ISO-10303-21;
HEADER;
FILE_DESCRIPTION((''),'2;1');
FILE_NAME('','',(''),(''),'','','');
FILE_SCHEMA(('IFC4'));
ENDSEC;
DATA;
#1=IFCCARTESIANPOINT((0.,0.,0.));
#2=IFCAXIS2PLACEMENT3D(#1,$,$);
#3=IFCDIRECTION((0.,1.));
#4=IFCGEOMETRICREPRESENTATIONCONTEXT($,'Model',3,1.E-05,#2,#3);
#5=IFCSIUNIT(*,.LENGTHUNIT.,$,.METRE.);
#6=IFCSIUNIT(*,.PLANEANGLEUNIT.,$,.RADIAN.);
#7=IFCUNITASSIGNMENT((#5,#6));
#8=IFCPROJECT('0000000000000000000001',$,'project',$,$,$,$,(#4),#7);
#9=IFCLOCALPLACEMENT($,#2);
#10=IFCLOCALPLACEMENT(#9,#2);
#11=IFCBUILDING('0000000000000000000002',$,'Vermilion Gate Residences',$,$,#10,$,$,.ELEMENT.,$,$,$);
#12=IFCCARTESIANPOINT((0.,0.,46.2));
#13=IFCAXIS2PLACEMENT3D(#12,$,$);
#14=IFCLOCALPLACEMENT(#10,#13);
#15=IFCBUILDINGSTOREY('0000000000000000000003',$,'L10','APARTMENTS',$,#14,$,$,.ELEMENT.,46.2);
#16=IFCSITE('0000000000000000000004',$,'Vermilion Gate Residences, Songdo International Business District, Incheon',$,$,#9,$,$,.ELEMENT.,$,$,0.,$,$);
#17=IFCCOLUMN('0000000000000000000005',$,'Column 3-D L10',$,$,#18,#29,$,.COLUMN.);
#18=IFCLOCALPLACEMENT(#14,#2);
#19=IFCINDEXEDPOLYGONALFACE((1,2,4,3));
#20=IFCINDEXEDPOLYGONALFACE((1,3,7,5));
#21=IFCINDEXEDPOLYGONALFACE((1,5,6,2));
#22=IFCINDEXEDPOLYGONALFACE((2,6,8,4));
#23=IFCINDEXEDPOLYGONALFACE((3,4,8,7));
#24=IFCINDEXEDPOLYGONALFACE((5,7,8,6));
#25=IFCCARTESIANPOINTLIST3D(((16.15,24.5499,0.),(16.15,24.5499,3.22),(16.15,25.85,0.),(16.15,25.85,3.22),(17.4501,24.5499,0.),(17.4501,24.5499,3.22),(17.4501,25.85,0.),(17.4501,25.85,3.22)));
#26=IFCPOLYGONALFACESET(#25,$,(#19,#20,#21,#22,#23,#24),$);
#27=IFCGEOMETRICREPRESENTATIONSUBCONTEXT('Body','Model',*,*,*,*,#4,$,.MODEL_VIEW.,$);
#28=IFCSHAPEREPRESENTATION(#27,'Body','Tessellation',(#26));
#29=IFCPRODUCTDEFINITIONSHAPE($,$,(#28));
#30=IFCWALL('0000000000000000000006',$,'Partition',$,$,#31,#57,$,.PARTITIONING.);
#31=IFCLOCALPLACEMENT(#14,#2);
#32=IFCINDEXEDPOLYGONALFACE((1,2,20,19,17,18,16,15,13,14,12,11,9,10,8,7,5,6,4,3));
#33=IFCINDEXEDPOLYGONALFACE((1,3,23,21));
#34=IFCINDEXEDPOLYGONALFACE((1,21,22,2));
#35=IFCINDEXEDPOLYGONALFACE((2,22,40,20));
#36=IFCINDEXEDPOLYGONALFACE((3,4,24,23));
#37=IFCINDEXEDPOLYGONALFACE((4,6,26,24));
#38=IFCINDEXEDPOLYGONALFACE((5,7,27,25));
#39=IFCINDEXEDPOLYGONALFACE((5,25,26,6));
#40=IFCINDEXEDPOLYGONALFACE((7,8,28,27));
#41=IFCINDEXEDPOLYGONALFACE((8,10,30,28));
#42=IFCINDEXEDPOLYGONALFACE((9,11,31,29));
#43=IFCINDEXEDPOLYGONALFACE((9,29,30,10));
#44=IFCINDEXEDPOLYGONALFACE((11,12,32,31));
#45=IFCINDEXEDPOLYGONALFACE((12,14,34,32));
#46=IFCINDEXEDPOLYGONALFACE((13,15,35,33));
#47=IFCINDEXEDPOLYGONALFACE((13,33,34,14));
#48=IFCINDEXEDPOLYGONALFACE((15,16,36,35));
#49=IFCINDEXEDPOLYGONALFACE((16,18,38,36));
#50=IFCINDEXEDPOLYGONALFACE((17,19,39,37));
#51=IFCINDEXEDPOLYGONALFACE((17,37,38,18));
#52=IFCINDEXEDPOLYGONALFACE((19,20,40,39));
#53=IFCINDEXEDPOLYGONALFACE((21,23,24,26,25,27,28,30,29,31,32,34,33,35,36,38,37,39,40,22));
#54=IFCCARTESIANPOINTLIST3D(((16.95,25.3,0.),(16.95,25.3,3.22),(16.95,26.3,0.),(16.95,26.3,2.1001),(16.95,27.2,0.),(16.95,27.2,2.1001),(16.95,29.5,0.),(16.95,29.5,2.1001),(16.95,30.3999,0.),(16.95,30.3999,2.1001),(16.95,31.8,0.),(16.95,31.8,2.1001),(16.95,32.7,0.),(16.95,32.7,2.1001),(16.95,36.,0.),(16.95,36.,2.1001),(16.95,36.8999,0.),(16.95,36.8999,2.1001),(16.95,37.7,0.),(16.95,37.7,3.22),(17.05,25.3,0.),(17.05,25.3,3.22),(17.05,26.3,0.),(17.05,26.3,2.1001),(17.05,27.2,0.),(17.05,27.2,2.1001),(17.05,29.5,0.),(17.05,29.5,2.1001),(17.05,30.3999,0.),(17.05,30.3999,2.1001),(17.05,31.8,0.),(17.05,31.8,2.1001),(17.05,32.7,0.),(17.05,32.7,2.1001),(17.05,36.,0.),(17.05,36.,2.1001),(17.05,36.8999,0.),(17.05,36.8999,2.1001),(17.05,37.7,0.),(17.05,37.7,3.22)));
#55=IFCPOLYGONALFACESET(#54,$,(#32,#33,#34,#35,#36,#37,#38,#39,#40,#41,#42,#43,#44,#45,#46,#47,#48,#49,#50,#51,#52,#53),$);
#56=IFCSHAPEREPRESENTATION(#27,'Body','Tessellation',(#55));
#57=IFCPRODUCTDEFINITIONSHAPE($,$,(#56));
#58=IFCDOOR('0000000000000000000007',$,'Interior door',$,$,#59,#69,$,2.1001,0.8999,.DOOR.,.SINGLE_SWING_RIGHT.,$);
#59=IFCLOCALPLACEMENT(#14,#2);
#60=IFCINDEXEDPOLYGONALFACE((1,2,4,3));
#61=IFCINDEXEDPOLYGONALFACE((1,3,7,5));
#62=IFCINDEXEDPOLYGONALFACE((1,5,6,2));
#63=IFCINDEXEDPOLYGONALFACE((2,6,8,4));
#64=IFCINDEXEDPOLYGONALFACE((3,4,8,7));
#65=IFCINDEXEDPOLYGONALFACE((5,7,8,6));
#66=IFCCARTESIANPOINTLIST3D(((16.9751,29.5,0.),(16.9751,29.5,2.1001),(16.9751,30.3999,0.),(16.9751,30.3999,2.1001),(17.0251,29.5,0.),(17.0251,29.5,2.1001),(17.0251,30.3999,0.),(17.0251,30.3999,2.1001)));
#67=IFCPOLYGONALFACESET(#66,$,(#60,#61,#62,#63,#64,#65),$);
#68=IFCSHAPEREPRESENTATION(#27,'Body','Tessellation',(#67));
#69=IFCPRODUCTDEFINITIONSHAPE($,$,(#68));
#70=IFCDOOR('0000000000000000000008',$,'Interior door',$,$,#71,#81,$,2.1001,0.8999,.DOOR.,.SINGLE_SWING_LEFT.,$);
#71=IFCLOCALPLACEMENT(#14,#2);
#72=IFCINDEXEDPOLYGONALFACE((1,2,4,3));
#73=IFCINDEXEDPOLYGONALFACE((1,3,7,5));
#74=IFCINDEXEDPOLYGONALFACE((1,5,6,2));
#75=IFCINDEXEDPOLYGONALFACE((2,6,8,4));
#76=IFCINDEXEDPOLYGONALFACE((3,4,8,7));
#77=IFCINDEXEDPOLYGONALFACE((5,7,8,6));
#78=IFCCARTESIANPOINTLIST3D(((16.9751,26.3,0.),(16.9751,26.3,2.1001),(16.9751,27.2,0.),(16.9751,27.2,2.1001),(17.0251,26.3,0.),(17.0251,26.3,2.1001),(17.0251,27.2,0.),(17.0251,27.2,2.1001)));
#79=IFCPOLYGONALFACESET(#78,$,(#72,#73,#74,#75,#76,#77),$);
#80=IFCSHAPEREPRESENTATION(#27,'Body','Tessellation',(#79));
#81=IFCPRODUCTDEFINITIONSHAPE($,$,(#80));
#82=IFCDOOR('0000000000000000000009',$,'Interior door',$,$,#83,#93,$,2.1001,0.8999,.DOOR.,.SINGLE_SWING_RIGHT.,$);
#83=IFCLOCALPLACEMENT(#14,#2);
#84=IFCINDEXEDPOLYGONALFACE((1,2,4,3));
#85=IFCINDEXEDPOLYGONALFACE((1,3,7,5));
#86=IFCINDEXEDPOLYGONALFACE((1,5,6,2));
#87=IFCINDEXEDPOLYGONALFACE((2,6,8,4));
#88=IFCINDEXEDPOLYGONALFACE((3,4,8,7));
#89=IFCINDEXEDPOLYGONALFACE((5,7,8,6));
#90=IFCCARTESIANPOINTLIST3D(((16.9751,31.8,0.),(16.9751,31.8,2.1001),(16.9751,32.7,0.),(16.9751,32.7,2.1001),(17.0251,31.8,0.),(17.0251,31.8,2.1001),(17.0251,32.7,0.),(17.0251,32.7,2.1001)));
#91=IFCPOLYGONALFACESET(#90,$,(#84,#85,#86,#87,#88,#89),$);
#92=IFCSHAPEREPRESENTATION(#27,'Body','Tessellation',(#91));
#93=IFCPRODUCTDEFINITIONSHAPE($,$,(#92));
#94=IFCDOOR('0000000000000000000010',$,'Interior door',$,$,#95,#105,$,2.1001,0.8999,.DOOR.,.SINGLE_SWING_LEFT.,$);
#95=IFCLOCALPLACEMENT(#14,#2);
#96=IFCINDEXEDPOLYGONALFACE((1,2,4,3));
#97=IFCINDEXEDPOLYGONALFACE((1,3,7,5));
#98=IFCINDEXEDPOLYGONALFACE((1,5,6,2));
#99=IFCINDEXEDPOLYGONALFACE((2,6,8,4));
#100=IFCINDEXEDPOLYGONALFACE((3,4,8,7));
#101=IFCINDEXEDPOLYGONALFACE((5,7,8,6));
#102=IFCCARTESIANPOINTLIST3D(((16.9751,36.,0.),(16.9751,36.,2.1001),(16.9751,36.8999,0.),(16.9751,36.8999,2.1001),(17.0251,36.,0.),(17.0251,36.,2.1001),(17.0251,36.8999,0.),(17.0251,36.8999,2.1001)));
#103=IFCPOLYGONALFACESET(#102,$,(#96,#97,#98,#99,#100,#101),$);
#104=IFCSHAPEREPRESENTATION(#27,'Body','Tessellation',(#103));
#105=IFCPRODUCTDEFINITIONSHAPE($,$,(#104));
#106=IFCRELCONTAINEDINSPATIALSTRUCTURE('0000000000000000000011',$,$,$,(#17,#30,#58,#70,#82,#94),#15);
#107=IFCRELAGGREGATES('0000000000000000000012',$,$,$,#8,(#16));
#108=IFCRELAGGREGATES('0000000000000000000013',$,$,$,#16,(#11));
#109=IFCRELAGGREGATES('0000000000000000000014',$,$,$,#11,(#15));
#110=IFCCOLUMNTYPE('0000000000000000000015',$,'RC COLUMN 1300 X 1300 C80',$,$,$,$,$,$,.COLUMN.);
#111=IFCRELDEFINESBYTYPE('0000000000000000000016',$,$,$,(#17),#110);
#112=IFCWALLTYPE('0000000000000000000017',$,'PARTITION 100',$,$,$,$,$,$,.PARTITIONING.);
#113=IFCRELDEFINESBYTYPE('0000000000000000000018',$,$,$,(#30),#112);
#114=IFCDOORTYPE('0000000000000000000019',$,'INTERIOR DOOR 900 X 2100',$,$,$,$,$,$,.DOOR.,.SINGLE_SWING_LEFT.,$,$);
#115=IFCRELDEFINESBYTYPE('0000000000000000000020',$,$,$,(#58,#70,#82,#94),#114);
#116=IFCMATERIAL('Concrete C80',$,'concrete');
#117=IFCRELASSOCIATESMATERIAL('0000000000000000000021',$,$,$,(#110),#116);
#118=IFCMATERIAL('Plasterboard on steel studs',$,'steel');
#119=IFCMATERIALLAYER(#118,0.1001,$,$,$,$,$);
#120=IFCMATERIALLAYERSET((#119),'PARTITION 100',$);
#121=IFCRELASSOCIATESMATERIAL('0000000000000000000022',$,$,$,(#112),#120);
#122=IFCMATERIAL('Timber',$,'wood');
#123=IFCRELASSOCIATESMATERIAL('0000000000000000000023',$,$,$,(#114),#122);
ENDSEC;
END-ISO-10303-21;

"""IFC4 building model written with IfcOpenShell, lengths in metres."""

from ifc_helpers import new_model, si_unit, direction, frame, frame_2d, origin, origin_2d, place, context, subcontext, project, spatial, rectangle, extrude, material, layer, layer_set, material_profile, profile_set, type_object, element, fill, save


model = new_model("IFC4")

# Units and contexts
model_context = context("Model", 3, precision=1e-05, world=origin(), true_north=direction((0.0, 1.0)))
body_context = subcontext(model_context, "Body", "Model", "MODEL_VIEW")
ifc_project = project(units=[si_unit("LENGTHUNIT", "METRE"), si_unit("PLANEANGLEUNIT", "RADIAN")], contexts=[model_context])

# Site, building, storey
site_placement = place(None, origin())
site = spatial("IfcSite", under=ifc_project, at=site_placement, Name="Vermilion Gate Residences, Songdo International Business District, Incheon", CompositionType="ELEMENT", RefElevation=0.0)
building_placement = place(site_placement, origin())
building = spatial("IfcBuilding", under=site, at=building_placement, Name="Vermilion Gate Residences", CompositionType="ELEMENT")
storey_placement = place(building_placement, frame((0.0, 0.0, 46.2)))
storey = spatial("IfcBuildingStorey", under=building, at=storey_placement, Name="L10", Description="APARTMENTS", CompositionType="ELEMENT", Elevation=46.2)

# Column
ifc_material_1 = material(Name="Concrete C80", Category="concrete")
ifc_material_profile = material_profile(ifc_material_1, rectangle(XDim=1.3, YDim=1.3, at=origin_2d()), Name="RC-1300x1300")
ifc_profile_set = profile_set([ifc_material_profile], Name="Concrete C80")
column_type = type_object("IfcColumnType", Name="RC COLUMN 1300 X 1300 C80", PredefinedType="COLUMN", material=ifc_profile_set)
column_placement = place(storey_placement, frame((16.8, 25.2, 0.0), z_axis=(0.0, 0.0, 1.0), x_axis=(1.0, 0.0, 0.0)))
element("IfcColumn", 1, at=column_placement, inside=storey, type_object=column_type, Name="Column 3-D L10", PredefinedType="COLUMN", context=body_context, shape_type="SweptSolid", body=[
    extrude(rectangle(XDim=1.3, YDim=1.3, at=origin_2d()), origin(), (0.0, 0.0, 1.0), 3.22),
])

# Wall, openings, doors
ifc_material_2 = material(Name="Plasterboard on steel studs", Category="steel")
ifc_layer_1 = layer(ifc_material_2, 0.1001)
ifc_layer_set_1 = layer_set([ifc_layer_1], Name="PARTITION 100")
wall_type_1 = type_object("IfcWallType", Name="PARTITION 100", PredefinedType="PARTITIONING", material=ifc_layer_set_1)
wall_1_placement = place(storey_placement, frame((17.0, 25.3, 0.0), z_axis=(0.0, 0.0, 1.0), x_axis=(0.0, 1.0, 0.0)))
wall_1 = element("IfcWall", 2, at=wall_1_placement, inside=storey, type_object=wall_type_1, Name="Partition", PredefinedType="PARTITIONING", context=body_context, shape_type="SweptSolid", body=[
    extrude(rectangle(XDim=12.3999, YDim=0.1001, at=frame_2d((6.2, 0.0))), origin(), (0.0, 0.0, 1.0), 3.22),
])
opening_1_placement = place(wall_1_placement, frame((4.2, 0.0, 0.0)))
opening_1 = element("IfcOpeningElement", 3, at=opening_1_placement, cuts=wall_1, PredefinedType="OPENING", context=body_context, shape_type="SweptSolid", body=[
    extrude(rectangle(XDim=0.8999, YDim=2.1001, at=frame_2d((0.45, 1.05))), frame((0.0, 0.0601, 0.0), z_axis=(0.0, -1.0, 0.0), x_axis=(1.0, 0.0, 0.0)), (0.0, 0.0, 1.0), 0.1201),
])
opening_2_placement = place(wall_1_placement, frame((1.0, 0.0, 0.0)))
opening_2 = element("IfcOpeningElement", 4, at=opening_2_placement, cuts=wall_1, PredefinedType="OPENING", context=body_context, shape_type="SweptSolid", body=[
    extrude(rectangle(XDim=0.8999, YDim=2.1001, at=frame_2d((0.45, 1.05))), frame((0.0, 0.0601, 0.0), z_axis=(0.0, -1.0, 0.0), x_axis=(1.0, 0.0, 0.0)), (0.0, 0.0, 1.0), 0.1201),
])
opening_3_placement = place(wall_1_placement, frame((6.5, 0.0, 0.0)))
opening_3 = element("IfcOpeningElement", 5, at=opening_3_placement, cuts=wall_1, PredefinedType="OPENING", context=body_context, shape_type="SweptSolid", body=[
    extrude(rectangle(XDim=0.8999, YDim=2.1001, at=frame_2d((0.45, 1.05))), frame((0.0, 0.0601, 0.0), z_axis=(0.0, -1.0, 0.0), x_axis=(1.0, 0.0, 0.0)), (0.0, 0.0, 1.0), 0.1201),
])
opening_4_placement = place(wall_1_placement, frame((10.7, 0.0, 0.0)))
opening_4 = element("IfcOpeningElement", 6, at=opening_4_placement, cuts=wall_1, PredefinedType="OPENING", context=body_context, shape_type="SweptSolid", body=[
    extrude(rectangle(XDim=0.8999, YDim=2.1001, at=frame_2d((0.45, 1.05))), frame((0.0, 0.0601, 0.0), z_axis=(0.0, -1.0, 0.0), x_axis=(1.0, 0.0, 0.0)), (0.0, 0.0, 1.0), 0.1201),
])
ifc_material_3 = material(Name="Timber", Category="wood")
door_type_1 = type_object("IfcDoorType", Name="INTERIOR DOOR 900 X 2100", OperationType="SINGLE_SWING_LEFT", PredefinedType="DOOR", material=ifc_material_3)
door_1_placement = place(opening_1_placement, origin())
door_1 = element("IfcDoor", 7, at=door_1_placement, inside=storey, type_object=door_type_1, Name="Interior door", OperationType="SINGLE_SWING_RIGHT", OverallHeight=2.1001, OverallWidth=0.8999, PredefinedType="DOOR", context=body_context, shape_type="SweptSolid", body=[
    extrude(rectangle(XDim=0.8999, YDim=2.1001, at=frame_2d((0.45, 1.05))), frame((0.0, 0.0249, 0.0), z_axis=(0.0, -1.0, 0.0), x_axis=(1.0, 0.0, 0.0)), (0.0, 0.0, 1.0), 0.05),
])
fill(opening_1, door_1)
door_2_placement = place(opening_2_placement, origin())
door_2 = element("IfcDoor", 8, at=door_2_placement, inside=storey, type_object=door_type_1, Name="Interior door", OperationType="SINGLE_SWING_LEFT", OverallHeight=2.1001, OverallWidth=0.8999, PredefinedType="DOOR", context=body_context, shape_type="SweptSolid", body=[
    extrude(rectangle(XDim=0.8999, YDim=2.1001, at=frame_2d((0.45, 1.05))), frame((0.0, 0.0249, 0.0), z_axis=(0.0, -1.0, 0.0), x_axis=(1.0, 0.0, 0.0)), (0.0, 0.0, 1.0), 0.05),
])
fill(opening_2, door_2)
door_3_placement = place(opening_3_placement, origin())
door_3 = element("IfcDoor", 9, at=door_3_placement, inside=storey, type_object=door_type_1, Name="Interior door", OperationType="SINGLE_SWING_RIGHT", OverallHeight=2.1001, OverallWidth=0.8999, PredefinedType="DOOR", context=body_context, shape_type="SweptSolid", body=[
    extrude(rectangle(XDim=0.8999, YDim=2.1001, at=frame_2d((0.45, 1.05))), frame((0.0, 0.0249, 0.0), z_axis=(0.0, -1.0, 0.0), x_axis=(1.0, 0.0, 0.0)), (0.0, 0.0, 1.0), 0.05),
])
fill(opening_3, door_3)
door_4_placement = place(opening_4_placement, origin())
door_4 = element("IfcDoor", 10, at=door_4_placement, inside=storey, type_object=door_type_1, Name="Interior door", OperationType="SINGLE_SWING_LEFT", OverallHeight=2.1001, OverallWidth=0.8999, PredefinedType="DOOR", context=body_context, shape_type="SweptSolid", body=[
    extrude(rectangle(XDim=0.8999, YDim=2.1001, at=frame_2d((0.45, 1.05))), frame((0.0, 0.0249, 0.0), z_axis=(0.0, -1.0, 0.0), x_axis=(1.0, 0.0, 0.0)), (0.0, 0.0, 1.0), 0.05),
])
fill(opening_4, door_4)

save(model, "model.ifc")
